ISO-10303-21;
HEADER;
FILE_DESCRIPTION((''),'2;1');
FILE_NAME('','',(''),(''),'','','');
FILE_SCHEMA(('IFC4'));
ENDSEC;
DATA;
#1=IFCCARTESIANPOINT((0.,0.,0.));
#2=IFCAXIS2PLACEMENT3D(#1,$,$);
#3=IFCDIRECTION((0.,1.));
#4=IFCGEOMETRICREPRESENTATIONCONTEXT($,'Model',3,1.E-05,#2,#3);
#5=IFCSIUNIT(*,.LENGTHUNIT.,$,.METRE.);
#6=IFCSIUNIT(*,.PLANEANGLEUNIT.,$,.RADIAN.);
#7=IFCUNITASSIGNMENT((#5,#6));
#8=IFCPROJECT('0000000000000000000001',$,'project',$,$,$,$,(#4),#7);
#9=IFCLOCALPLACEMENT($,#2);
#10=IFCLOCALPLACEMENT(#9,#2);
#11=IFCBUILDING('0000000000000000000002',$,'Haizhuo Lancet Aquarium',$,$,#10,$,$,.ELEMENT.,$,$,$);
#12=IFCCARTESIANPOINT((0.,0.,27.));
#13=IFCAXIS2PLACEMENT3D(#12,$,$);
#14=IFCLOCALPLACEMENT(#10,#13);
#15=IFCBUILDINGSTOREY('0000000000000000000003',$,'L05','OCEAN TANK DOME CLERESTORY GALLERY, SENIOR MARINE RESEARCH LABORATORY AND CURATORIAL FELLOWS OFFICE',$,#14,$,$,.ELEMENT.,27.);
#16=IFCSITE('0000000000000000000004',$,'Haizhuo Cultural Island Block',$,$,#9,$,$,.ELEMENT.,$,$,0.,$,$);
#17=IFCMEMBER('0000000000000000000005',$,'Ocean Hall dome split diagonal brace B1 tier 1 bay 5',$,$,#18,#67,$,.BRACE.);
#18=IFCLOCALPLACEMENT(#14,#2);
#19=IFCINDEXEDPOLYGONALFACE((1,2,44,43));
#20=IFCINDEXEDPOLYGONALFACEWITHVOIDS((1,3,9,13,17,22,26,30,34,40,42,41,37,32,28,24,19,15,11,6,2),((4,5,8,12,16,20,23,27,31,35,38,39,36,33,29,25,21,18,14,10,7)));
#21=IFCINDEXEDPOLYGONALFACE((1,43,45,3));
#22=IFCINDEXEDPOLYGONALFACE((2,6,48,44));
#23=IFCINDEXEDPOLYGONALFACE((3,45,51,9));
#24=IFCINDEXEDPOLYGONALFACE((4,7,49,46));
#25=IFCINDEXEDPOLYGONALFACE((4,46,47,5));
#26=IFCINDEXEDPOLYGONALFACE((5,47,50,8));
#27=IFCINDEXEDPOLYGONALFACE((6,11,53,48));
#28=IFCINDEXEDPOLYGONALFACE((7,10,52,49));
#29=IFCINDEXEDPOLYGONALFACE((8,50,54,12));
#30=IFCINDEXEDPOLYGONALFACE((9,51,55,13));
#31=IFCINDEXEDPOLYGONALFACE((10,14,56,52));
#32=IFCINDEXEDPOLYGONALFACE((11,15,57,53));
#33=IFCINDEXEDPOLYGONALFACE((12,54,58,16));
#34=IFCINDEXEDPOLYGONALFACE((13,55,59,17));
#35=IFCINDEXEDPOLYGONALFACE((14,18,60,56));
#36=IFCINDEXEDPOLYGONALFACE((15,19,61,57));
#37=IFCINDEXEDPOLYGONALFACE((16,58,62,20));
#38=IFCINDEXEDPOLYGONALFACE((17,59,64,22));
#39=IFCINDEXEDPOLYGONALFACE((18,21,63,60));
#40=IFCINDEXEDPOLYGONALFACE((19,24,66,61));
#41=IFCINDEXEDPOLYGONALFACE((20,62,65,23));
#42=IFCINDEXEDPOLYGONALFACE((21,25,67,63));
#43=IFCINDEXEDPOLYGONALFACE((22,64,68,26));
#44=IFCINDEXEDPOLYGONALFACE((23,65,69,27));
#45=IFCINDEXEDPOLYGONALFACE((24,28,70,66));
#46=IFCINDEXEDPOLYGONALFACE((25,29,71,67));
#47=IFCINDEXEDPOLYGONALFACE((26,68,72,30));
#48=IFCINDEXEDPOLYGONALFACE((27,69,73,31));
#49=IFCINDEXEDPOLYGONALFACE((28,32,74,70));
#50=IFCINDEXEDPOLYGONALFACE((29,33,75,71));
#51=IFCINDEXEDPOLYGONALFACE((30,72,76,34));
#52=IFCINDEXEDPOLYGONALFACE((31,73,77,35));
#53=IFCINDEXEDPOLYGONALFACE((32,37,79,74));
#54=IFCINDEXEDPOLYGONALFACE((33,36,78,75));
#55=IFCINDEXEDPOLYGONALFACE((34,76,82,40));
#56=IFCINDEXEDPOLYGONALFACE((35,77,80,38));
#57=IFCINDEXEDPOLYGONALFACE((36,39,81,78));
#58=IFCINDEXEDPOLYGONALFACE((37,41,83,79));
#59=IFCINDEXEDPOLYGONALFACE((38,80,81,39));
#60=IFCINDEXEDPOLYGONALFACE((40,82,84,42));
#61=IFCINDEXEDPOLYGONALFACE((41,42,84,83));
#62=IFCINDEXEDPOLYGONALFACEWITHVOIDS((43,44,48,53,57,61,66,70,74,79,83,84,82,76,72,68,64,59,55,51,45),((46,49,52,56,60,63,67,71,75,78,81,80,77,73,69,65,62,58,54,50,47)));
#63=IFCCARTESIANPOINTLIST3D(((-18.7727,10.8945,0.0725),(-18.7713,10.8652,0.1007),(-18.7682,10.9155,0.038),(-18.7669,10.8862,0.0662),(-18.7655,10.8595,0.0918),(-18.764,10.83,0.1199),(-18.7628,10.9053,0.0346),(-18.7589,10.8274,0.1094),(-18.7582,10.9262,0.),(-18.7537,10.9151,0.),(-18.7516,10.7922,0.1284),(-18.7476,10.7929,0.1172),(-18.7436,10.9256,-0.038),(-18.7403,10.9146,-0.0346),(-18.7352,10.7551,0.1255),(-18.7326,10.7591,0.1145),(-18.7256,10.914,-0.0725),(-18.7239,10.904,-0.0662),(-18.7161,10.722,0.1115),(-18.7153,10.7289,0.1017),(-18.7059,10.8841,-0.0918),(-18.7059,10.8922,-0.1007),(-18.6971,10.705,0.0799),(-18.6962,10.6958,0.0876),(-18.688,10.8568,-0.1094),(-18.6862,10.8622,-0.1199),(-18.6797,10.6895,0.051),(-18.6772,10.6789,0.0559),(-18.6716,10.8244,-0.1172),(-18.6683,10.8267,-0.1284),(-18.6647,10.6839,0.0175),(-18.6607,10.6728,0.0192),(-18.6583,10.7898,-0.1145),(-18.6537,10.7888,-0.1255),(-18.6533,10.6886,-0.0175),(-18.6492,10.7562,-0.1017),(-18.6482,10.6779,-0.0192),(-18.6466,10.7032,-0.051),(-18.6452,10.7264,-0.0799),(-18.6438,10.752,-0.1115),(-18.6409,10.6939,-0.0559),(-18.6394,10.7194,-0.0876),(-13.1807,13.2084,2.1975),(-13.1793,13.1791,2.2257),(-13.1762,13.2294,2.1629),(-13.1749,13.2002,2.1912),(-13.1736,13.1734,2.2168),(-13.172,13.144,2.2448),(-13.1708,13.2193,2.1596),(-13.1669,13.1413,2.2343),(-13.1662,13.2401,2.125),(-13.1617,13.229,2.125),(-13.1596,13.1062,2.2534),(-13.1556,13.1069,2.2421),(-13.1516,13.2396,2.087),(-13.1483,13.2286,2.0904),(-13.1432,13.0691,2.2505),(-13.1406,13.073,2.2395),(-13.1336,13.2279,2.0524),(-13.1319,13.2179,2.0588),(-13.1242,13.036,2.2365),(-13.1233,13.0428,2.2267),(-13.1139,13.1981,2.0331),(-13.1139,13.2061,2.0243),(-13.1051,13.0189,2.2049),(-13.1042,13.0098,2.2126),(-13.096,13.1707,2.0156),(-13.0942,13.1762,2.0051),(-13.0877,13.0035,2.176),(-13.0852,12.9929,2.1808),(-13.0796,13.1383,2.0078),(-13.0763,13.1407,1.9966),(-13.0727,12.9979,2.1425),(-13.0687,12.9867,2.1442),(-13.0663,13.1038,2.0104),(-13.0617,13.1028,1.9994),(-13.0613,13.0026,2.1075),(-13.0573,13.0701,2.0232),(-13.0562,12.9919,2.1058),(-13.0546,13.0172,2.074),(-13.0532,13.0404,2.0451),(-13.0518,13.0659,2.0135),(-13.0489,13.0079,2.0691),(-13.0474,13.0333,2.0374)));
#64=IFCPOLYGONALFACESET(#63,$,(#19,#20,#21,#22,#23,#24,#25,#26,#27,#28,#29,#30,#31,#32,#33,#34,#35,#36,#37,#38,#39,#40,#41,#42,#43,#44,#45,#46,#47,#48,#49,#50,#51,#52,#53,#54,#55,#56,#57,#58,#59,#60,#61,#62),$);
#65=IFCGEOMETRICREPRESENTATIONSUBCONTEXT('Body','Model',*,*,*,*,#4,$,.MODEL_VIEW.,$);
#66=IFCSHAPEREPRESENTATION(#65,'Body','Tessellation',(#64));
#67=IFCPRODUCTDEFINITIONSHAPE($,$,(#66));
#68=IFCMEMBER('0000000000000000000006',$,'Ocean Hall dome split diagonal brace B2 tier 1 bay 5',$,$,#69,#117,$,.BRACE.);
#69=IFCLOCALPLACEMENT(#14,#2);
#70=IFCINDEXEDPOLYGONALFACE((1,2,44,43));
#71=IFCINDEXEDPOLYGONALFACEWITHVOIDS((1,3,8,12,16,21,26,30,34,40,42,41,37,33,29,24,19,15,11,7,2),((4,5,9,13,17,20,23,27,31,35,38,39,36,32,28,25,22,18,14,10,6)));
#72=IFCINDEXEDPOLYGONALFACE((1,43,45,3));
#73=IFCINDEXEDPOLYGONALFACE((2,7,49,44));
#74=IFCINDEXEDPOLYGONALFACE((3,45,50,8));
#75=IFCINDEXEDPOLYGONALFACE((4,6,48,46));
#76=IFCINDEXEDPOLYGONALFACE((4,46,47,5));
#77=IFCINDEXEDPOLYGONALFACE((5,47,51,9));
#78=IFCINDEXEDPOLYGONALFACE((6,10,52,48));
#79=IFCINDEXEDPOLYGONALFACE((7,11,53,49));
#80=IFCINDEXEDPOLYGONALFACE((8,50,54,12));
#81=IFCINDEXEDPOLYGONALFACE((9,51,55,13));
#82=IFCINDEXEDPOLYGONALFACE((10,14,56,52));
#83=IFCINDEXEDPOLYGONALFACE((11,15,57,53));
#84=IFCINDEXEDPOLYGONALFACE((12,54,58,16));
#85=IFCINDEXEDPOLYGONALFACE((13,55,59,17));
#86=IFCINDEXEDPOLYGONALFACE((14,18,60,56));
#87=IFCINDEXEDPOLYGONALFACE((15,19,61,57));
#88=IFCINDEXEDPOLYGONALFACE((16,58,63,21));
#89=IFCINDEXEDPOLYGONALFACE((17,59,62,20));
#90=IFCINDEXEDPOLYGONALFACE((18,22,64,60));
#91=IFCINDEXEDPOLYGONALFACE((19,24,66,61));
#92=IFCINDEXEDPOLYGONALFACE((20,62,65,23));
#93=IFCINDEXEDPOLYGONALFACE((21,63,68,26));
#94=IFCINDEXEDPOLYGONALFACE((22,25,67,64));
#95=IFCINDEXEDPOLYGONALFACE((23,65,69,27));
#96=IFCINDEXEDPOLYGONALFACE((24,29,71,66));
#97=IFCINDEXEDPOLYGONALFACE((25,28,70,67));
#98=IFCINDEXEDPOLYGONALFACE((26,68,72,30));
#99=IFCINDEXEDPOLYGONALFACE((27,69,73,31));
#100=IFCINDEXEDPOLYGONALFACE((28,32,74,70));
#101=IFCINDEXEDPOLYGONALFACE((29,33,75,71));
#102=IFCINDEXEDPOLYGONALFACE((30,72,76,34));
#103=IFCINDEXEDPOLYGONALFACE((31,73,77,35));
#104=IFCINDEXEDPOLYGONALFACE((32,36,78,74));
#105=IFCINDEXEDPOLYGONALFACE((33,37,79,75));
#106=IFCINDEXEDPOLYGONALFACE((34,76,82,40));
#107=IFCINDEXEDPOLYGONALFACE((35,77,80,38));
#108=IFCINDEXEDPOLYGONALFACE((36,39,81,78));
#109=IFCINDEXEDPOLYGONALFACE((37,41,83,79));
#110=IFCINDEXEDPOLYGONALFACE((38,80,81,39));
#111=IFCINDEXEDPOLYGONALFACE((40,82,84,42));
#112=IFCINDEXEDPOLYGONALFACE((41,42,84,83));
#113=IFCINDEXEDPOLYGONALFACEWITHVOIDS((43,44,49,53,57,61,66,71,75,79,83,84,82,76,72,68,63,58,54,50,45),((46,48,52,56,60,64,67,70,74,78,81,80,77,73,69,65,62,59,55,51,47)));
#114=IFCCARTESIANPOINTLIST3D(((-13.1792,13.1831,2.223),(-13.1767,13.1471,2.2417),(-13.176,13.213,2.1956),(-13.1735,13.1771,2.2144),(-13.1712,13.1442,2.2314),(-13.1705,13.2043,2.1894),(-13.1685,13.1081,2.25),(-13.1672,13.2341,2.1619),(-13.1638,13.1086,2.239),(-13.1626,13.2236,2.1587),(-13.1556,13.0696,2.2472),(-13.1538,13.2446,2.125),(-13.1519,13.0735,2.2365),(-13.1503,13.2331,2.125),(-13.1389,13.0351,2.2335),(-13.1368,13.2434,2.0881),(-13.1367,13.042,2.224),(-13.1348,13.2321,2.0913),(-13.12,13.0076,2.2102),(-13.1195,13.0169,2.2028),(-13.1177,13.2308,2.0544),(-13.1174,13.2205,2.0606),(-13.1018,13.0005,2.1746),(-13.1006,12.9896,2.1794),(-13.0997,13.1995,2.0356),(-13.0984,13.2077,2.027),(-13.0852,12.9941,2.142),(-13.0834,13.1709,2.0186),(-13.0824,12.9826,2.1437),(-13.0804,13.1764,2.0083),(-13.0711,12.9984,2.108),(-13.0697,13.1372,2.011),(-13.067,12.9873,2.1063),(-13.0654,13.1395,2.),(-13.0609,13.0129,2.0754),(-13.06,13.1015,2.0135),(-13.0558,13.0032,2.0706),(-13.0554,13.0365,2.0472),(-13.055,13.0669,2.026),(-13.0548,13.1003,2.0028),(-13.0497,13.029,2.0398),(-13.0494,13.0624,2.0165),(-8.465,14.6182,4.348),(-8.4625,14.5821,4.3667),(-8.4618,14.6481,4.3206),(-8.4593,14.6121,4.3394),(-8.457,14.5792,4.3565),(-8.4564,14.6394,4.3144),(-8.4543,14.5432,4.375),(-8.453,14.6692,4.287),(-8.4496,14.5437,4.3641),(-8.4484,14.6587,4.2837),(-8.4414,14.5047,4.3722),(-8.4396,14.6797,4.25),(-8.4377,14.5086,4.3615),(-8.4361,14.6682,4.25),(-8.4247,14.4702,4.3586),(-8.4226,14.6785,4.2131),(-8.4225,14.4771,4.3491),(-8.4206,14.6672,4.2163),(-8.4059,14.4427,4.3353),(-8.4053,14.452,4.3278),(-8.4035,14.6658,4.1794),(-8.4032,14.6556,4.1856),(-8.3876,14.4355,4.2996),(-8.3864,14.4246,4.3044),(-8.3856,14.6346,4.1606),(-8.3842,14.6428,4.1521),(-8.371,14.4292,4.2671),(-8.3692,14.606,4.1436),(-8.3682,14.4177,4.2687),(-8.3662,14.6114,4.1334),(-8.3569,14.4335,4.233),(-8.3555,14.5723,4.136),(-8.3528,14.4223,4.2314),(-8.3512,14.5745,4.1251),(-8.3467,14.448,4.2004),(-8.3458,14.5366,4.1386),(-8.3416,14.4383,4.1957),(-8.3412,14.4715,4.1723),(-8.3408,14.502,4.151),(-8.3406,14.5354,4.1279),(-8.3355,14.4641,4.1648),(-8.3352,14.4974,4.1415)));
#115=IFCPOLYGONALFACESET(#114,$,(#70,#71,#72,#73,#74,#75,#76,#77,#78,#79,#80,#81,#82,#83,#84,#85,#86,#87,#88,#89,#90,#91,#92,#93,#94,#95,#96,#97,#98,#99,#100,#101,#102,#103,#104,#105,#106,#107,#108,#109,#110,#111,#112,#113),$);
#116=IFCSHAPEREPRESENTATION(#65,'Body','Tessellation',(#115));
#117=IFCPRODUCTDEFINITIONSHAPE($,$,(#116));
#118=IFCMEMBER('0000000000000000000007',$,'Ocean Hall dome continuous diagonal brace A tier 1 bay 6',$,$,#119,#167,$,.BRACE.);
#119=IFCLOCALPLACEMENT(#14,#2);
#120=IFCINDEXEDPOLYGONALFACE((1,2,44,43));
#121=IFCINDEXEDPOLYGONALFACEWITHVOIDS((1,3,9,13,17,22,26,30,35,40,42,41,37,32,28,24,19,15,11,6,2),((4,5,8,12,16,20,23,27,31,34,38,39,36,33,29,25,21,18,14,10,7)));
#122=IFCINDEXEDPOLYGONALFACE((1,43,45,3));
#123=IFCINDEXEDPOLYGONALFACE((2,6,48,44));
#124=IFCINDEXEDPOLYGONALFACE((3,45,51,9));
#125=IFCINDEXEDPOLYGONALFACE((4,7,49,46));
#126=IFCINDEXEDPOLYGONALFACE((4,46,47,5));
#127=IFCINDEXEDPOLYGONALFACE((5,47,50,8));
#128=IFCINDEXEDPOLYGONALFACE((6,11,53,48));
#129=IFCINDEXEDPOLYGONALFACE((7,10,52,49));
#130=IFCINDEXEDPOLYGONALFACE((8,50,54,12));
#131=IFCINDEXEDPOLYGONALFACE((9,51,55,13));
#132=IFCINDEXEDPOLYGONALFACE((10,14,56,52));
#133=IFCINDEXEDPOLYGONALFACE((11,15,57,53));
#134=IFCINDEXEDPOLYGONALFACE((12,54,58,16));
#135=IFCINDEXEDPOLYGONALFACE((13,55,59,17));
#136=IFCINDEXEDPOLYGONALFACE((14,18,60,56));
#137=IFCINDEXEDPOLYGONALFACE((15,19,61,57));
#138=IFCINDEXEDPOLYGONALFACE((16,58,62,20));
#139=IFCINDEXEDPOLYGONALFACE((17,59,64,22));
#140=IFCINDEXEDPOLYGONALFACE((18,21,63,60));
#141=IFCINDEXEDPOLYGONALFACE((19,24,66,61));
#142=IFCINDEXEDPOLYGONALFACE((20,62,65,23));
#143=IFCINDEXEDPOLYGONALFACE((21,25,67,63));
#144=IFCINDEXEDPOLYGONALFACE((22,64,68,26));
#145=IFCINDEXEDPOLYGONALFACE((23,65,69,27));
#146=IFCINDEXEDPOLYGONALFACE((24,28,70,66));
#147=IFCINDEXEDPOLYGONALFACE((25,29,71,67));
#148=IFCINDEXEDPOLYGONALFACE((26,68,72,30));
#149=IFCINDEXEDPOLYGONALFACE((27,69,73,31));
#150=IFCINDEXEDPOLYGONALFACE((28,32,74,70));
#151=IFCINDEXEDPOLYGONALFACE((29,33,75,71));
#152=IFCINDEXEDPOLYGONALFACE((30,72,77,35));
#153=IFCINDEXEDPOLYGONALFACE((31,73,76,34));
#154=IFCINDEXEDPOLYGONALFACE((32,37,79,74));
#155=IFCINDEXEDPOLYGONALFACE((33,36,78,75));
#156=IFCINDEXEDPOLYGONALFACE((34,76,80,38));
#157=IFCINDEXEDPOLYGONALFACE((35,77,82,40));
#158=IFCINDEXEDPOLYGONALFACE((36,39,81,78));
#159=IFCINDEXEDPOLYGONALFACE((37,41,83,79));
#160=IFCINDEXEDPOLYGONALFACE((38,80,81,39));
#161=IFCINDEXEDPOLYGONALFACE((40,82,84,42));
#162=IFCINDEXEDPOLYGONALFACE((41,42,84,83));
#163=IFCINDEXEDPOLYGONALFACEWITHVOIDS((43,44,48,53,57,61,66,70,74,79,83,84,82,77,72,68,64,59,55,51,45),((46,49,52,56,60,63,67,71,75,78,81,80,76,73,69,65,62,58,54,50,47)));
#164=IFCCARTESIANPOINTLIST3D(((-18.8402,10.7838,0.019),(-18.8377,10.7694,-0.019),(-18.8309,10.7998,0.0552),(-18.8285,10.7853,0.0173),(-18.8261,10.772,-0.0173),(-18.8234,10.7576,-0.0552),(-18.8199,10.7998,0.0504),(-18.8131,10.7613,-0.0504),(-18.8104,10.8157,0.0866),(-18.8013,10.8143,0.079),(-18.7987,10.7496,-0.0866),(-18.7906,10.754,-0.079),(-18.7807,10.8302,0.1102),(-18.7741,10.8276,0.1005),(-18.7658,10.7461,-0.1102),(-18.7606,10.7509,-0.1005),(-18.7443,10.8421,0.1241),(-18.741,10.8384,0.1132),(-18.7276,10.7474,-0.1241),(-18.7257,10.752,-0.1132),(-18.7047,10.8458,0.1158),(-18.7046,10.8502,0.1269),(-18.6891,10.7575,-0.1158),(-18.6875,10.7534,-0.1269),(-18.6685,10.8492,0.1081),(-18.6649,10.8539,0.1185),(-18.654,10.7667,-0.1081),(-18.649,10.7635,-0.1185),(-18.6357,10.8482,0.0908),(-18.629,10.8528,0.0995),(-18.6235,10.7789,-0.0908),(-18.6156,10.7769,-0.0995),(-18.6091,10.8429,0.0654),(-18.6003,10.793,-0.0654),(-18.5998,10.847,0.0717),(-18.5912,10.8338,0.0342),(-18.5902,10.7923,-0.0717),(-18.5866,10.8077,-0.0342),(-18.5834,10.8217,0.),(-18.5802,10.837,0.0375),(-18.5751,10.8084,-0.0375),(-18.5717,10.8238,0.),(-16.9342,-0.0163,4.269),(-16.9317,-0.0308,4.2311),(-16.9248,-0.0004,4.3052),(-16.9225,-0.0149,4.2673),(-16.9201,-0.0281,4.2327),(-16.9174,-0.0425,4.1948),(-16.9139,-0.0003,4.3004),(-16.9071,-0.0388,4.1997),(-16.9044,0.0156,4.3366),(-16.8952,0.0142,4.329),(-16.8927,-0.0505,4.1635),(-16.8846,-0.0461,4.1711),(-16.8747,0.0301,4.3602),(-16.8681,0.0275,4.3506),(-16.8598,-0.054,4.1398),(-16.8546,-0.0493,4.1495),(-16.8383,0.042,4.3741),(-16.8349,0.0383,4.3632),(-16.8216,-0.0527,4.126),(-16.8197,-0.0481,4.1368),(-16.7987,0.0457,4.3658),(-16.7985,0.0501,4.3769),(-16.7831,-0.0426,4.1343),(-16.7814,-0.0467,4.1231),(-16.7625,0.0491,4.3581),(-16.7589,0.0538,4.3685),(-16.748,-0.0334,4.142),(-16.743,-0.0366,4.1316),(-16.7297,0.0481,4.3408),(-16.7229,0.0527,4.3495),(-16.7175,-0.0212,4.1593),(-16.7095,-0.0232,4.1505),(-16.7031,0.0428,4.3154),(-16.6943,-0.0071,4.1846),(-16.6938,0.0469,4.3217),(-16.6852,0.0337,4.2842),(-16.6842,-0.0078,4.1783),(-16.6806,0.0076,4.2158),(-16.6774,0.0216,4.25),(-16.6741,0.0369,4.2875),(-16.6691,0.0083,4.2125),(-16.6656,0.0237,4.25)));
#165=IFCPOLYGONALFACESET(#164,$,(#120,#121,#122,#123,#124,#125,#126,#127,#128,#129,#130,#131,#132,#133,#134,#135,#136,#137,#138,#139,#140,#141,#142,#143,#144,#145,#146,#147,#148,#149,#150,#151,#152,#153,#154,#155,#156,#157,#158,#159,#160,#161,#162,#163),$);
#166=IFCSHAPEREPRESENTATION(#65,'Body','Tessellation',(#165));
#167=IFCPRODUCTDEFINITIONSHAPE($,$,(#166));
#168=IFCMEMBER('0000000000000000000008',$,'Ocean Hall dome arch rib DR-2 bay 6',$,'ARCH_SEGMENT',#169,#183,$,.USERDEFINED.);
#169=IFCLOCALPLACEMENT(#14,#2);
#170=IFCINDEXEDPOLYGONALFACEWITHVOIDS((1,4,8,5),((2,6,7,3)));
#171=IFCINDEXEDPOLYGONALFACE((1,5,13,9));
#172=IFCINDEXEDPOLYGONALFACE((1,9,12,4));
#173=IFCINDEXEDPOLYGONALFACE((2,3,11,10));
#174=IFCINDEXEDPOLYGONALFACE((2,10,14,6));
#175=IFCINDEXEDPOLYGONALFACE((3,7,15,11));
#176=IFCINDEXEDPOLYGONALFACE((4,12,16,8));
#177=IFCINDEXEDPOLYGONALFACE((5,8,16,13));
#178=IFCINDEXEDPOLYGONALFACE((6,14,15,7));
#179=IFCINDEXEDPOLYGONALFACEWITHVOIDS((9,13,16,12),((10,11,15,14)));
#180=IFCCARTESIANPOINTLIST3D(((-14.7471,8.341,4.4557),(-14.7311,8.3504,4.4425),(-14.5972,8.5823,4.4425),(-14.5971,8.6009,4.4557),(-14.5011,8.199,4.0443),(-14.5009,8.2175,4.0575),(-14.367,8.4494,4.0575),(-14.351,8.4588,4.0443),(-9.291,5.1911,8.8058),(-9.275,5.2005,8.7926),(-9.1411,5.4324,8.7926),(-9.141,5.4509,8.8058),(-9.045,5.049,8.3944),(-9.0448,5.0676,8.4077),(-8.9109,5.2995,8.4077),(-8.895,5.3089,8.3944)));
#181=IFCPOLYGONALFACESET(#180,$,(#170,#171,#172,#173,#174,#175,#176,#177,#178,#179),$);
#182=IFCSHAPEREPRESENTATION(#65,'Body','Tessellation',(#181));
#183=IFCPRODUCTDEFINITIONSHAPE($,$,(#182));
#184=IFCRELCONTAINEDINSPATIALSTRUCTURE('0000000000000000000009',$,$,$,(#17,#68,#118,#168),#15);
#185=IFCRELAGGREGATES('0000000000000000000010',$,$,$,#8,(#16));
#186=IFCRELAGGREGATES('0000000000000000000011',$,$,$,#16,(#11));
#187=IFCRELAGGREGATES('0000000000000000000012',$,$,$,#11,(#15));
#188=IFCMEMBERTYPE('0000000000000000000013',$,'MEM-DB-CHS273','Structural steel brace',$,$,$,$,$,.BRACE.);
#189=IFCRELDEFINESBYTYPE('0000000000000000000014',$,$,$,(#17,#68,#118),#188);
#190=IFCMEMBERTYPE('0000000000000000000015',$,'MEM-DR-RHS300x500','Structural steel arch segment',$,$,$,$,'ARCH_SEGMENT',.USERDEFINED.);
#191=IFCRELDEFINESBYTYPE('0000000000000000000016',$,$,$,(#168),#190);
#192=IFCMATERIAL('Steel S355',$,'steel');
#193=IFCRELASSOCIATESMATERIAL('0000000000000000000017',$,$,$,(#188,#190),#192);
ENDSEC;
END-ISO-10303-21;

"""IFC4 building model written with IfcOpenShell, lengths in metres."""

from ifc_helpers import new_model, si_unit, direction, frame, origin, origin_2d, place, context, subcontext, project, spatial, hollow_rectangle, hollow_circle, extrude, material, material_profile, profile_set, type_object, element, save


model = new_model("IFC4")

# Units and contexts
model_context = context("Model", 3, precision=1e-05, world=origin(), true_north=direction((0.0, 1.0)))
body_context = subcontext(model_context, "Body", "Model", "MODEL_VIEW")
ifc_project = project(units=[si_unit("LENGTHUNIT", "METRE"), si_unit("PLANEANGLEUNIT", "RADIAN")], contexts=[model_context])

# Site, building, storey
site_placement = place(None, origin())
site = spatial("IfcSite", under=ifc_project, at=site_placement, Name="Haizhuo Cultural Island Block", CompositionType="ELEMENT", RefElevation=0.0)
building_placement = place(site_placement, origin())
building = spatial("IfcBuilding", under=site, at=building_placement, Name="Haizhuo Lancet Aquarium", CompositionType="ELEMENT")
storey_placement = place(building_placement, frame((0.0, 0.0, 27.0)))
storey = spatial("IfcBuildingStorey", under=building, at=storey_placement, Name="L05", Description="OCEAN TANK DOME CLERESTORY GALLERY, SENIOR MARINE RESEARCH LABORATORY AND CURATORIAL FELLOWS OFFICE", CompositionType="ELEMENT", Elevation=27.0)

# Members
ifc_material_1 = material(Name="Steel S355", Category="steel")
ifc_material_profile_1 = material_profile(ifc_material_1, hollow_circle(Radius=0.1365, WallThickness=0.012, at=origin_2d()), Name="CHS 273x12")
ifc_profile_set_1 = profile_set([ifc_material_profile_1], Name="Steel S355")
member_type_1 = type_object("IfcMemberType", Name="MEM-DB-CHS273", Description="Structural steel brace", PredefinedType="BRACE", material=ifc_profile_set_1)
member_1_placement = place(storey_placement, frame((-18.7061, 10.8, 0.0), z_axis=(0.871832, 0.360761, 0.3313), x_axis=(-0.382354, 0.924016, 0.0)))
element("IfcMember", 1, at=member_1_placement, inside=storey, type_object=member_type_1, Name="Ocean Hall dome split diagonal brace B1 tier 1 bay 5", PredefinedType="BRACE", context=body_context, shape_type="SweptSolid", body=[
    extrude(hollow_circle(Radius=0.1365, WallThickness=0.012, at=origin_2d()), origin(), (0.0, 0.0, 1.0), 6.4141),
])
member_2_placement = place(storey_placement, frame((-13.114, 13.114, 2.125), z_axis=(0.878455, 0.267417, 0.395985), x_axis=(-0.291223, 0.956655, 0.0)))
element("IfcMember", 2, at=member_2_placement, inside=storey, type_object=member_type_1, Name="Ocean Hall dome split diagonal brace B2 tier 1 bay 5", PredefinedType="BRACE", context=body_context, shape_type="SweptSolid", body=[
    extrude(hollow_circle(Radius=0.1365, WallThickness=0.012, at=origin_2d()), origin(), (0.0, 0.0, 1.0), 5.3665),
])
member_3_placement = place(storey_placement, frame((-18.7061, 10.8, 0.0), z_axis=(0.162053, -0.918243, 0.361344), x_axis=(0.984782, 0.173795, 0.0)))
element("IfcMember", 3, at=member_3_placement, inside=storey, type_object=member_type_1, Name="Ocean Hall dome continuous diagonal brace A tier 1 bay 6", PredefinedType="BRACE", context=body_context, shape_type="SweptSolid", body=[
    extrude(hollow_circle(Radius=0.1365, WallThickness=0.012, at=origin_2d()), origin(), (0.0, 0.0, 1.0), 11.7617),
])
ifc_material_profile_2 = material_profile(ifc_material_1, hollow_rectangle(XDim=0.3, YDim=0.5, WallThickness=0.0161, at=origin_2d()), Name="RHS 300x500x16")
ifc_profile_set_2 = profile_set([ifc_material_profile_2], Name="Steel S355")
member_type_2 = type_object("IfcMemberType", Name="MEM-DR-RHS300x500", Description="Structural steel arch segment", ElementType="ARCH_SEGMENT", PredefinedType="USERDEFINED", material=ifc_profile_set_2)
member_4_placement = place(storey_placement, frame((-14.5491, 8.3999, 4.25), z_axis=(0.712654, -0.411431, 0.568197), x_axis=(0.499982, 0.866036, 0.0)))
element("IfcMember", 4, at=member_4_placement, inside=storey, type_object=member_type_2, Name="Ocean Hall dome arch rib DR-2 bay 6", ObjectType="ARCH_SEGMENT", PredefinedType="USERDEFINED", context=body_context, shape_type="SweptSolid", body=[
    extrude(hollow_rectangle(XDim=0.3, YDim=0.5, WallThickness=0.0161, at=origin_2d()), origin(), (0.0, 0.0, 1.0), 7.656),
])

save(model, "model.ifc")
